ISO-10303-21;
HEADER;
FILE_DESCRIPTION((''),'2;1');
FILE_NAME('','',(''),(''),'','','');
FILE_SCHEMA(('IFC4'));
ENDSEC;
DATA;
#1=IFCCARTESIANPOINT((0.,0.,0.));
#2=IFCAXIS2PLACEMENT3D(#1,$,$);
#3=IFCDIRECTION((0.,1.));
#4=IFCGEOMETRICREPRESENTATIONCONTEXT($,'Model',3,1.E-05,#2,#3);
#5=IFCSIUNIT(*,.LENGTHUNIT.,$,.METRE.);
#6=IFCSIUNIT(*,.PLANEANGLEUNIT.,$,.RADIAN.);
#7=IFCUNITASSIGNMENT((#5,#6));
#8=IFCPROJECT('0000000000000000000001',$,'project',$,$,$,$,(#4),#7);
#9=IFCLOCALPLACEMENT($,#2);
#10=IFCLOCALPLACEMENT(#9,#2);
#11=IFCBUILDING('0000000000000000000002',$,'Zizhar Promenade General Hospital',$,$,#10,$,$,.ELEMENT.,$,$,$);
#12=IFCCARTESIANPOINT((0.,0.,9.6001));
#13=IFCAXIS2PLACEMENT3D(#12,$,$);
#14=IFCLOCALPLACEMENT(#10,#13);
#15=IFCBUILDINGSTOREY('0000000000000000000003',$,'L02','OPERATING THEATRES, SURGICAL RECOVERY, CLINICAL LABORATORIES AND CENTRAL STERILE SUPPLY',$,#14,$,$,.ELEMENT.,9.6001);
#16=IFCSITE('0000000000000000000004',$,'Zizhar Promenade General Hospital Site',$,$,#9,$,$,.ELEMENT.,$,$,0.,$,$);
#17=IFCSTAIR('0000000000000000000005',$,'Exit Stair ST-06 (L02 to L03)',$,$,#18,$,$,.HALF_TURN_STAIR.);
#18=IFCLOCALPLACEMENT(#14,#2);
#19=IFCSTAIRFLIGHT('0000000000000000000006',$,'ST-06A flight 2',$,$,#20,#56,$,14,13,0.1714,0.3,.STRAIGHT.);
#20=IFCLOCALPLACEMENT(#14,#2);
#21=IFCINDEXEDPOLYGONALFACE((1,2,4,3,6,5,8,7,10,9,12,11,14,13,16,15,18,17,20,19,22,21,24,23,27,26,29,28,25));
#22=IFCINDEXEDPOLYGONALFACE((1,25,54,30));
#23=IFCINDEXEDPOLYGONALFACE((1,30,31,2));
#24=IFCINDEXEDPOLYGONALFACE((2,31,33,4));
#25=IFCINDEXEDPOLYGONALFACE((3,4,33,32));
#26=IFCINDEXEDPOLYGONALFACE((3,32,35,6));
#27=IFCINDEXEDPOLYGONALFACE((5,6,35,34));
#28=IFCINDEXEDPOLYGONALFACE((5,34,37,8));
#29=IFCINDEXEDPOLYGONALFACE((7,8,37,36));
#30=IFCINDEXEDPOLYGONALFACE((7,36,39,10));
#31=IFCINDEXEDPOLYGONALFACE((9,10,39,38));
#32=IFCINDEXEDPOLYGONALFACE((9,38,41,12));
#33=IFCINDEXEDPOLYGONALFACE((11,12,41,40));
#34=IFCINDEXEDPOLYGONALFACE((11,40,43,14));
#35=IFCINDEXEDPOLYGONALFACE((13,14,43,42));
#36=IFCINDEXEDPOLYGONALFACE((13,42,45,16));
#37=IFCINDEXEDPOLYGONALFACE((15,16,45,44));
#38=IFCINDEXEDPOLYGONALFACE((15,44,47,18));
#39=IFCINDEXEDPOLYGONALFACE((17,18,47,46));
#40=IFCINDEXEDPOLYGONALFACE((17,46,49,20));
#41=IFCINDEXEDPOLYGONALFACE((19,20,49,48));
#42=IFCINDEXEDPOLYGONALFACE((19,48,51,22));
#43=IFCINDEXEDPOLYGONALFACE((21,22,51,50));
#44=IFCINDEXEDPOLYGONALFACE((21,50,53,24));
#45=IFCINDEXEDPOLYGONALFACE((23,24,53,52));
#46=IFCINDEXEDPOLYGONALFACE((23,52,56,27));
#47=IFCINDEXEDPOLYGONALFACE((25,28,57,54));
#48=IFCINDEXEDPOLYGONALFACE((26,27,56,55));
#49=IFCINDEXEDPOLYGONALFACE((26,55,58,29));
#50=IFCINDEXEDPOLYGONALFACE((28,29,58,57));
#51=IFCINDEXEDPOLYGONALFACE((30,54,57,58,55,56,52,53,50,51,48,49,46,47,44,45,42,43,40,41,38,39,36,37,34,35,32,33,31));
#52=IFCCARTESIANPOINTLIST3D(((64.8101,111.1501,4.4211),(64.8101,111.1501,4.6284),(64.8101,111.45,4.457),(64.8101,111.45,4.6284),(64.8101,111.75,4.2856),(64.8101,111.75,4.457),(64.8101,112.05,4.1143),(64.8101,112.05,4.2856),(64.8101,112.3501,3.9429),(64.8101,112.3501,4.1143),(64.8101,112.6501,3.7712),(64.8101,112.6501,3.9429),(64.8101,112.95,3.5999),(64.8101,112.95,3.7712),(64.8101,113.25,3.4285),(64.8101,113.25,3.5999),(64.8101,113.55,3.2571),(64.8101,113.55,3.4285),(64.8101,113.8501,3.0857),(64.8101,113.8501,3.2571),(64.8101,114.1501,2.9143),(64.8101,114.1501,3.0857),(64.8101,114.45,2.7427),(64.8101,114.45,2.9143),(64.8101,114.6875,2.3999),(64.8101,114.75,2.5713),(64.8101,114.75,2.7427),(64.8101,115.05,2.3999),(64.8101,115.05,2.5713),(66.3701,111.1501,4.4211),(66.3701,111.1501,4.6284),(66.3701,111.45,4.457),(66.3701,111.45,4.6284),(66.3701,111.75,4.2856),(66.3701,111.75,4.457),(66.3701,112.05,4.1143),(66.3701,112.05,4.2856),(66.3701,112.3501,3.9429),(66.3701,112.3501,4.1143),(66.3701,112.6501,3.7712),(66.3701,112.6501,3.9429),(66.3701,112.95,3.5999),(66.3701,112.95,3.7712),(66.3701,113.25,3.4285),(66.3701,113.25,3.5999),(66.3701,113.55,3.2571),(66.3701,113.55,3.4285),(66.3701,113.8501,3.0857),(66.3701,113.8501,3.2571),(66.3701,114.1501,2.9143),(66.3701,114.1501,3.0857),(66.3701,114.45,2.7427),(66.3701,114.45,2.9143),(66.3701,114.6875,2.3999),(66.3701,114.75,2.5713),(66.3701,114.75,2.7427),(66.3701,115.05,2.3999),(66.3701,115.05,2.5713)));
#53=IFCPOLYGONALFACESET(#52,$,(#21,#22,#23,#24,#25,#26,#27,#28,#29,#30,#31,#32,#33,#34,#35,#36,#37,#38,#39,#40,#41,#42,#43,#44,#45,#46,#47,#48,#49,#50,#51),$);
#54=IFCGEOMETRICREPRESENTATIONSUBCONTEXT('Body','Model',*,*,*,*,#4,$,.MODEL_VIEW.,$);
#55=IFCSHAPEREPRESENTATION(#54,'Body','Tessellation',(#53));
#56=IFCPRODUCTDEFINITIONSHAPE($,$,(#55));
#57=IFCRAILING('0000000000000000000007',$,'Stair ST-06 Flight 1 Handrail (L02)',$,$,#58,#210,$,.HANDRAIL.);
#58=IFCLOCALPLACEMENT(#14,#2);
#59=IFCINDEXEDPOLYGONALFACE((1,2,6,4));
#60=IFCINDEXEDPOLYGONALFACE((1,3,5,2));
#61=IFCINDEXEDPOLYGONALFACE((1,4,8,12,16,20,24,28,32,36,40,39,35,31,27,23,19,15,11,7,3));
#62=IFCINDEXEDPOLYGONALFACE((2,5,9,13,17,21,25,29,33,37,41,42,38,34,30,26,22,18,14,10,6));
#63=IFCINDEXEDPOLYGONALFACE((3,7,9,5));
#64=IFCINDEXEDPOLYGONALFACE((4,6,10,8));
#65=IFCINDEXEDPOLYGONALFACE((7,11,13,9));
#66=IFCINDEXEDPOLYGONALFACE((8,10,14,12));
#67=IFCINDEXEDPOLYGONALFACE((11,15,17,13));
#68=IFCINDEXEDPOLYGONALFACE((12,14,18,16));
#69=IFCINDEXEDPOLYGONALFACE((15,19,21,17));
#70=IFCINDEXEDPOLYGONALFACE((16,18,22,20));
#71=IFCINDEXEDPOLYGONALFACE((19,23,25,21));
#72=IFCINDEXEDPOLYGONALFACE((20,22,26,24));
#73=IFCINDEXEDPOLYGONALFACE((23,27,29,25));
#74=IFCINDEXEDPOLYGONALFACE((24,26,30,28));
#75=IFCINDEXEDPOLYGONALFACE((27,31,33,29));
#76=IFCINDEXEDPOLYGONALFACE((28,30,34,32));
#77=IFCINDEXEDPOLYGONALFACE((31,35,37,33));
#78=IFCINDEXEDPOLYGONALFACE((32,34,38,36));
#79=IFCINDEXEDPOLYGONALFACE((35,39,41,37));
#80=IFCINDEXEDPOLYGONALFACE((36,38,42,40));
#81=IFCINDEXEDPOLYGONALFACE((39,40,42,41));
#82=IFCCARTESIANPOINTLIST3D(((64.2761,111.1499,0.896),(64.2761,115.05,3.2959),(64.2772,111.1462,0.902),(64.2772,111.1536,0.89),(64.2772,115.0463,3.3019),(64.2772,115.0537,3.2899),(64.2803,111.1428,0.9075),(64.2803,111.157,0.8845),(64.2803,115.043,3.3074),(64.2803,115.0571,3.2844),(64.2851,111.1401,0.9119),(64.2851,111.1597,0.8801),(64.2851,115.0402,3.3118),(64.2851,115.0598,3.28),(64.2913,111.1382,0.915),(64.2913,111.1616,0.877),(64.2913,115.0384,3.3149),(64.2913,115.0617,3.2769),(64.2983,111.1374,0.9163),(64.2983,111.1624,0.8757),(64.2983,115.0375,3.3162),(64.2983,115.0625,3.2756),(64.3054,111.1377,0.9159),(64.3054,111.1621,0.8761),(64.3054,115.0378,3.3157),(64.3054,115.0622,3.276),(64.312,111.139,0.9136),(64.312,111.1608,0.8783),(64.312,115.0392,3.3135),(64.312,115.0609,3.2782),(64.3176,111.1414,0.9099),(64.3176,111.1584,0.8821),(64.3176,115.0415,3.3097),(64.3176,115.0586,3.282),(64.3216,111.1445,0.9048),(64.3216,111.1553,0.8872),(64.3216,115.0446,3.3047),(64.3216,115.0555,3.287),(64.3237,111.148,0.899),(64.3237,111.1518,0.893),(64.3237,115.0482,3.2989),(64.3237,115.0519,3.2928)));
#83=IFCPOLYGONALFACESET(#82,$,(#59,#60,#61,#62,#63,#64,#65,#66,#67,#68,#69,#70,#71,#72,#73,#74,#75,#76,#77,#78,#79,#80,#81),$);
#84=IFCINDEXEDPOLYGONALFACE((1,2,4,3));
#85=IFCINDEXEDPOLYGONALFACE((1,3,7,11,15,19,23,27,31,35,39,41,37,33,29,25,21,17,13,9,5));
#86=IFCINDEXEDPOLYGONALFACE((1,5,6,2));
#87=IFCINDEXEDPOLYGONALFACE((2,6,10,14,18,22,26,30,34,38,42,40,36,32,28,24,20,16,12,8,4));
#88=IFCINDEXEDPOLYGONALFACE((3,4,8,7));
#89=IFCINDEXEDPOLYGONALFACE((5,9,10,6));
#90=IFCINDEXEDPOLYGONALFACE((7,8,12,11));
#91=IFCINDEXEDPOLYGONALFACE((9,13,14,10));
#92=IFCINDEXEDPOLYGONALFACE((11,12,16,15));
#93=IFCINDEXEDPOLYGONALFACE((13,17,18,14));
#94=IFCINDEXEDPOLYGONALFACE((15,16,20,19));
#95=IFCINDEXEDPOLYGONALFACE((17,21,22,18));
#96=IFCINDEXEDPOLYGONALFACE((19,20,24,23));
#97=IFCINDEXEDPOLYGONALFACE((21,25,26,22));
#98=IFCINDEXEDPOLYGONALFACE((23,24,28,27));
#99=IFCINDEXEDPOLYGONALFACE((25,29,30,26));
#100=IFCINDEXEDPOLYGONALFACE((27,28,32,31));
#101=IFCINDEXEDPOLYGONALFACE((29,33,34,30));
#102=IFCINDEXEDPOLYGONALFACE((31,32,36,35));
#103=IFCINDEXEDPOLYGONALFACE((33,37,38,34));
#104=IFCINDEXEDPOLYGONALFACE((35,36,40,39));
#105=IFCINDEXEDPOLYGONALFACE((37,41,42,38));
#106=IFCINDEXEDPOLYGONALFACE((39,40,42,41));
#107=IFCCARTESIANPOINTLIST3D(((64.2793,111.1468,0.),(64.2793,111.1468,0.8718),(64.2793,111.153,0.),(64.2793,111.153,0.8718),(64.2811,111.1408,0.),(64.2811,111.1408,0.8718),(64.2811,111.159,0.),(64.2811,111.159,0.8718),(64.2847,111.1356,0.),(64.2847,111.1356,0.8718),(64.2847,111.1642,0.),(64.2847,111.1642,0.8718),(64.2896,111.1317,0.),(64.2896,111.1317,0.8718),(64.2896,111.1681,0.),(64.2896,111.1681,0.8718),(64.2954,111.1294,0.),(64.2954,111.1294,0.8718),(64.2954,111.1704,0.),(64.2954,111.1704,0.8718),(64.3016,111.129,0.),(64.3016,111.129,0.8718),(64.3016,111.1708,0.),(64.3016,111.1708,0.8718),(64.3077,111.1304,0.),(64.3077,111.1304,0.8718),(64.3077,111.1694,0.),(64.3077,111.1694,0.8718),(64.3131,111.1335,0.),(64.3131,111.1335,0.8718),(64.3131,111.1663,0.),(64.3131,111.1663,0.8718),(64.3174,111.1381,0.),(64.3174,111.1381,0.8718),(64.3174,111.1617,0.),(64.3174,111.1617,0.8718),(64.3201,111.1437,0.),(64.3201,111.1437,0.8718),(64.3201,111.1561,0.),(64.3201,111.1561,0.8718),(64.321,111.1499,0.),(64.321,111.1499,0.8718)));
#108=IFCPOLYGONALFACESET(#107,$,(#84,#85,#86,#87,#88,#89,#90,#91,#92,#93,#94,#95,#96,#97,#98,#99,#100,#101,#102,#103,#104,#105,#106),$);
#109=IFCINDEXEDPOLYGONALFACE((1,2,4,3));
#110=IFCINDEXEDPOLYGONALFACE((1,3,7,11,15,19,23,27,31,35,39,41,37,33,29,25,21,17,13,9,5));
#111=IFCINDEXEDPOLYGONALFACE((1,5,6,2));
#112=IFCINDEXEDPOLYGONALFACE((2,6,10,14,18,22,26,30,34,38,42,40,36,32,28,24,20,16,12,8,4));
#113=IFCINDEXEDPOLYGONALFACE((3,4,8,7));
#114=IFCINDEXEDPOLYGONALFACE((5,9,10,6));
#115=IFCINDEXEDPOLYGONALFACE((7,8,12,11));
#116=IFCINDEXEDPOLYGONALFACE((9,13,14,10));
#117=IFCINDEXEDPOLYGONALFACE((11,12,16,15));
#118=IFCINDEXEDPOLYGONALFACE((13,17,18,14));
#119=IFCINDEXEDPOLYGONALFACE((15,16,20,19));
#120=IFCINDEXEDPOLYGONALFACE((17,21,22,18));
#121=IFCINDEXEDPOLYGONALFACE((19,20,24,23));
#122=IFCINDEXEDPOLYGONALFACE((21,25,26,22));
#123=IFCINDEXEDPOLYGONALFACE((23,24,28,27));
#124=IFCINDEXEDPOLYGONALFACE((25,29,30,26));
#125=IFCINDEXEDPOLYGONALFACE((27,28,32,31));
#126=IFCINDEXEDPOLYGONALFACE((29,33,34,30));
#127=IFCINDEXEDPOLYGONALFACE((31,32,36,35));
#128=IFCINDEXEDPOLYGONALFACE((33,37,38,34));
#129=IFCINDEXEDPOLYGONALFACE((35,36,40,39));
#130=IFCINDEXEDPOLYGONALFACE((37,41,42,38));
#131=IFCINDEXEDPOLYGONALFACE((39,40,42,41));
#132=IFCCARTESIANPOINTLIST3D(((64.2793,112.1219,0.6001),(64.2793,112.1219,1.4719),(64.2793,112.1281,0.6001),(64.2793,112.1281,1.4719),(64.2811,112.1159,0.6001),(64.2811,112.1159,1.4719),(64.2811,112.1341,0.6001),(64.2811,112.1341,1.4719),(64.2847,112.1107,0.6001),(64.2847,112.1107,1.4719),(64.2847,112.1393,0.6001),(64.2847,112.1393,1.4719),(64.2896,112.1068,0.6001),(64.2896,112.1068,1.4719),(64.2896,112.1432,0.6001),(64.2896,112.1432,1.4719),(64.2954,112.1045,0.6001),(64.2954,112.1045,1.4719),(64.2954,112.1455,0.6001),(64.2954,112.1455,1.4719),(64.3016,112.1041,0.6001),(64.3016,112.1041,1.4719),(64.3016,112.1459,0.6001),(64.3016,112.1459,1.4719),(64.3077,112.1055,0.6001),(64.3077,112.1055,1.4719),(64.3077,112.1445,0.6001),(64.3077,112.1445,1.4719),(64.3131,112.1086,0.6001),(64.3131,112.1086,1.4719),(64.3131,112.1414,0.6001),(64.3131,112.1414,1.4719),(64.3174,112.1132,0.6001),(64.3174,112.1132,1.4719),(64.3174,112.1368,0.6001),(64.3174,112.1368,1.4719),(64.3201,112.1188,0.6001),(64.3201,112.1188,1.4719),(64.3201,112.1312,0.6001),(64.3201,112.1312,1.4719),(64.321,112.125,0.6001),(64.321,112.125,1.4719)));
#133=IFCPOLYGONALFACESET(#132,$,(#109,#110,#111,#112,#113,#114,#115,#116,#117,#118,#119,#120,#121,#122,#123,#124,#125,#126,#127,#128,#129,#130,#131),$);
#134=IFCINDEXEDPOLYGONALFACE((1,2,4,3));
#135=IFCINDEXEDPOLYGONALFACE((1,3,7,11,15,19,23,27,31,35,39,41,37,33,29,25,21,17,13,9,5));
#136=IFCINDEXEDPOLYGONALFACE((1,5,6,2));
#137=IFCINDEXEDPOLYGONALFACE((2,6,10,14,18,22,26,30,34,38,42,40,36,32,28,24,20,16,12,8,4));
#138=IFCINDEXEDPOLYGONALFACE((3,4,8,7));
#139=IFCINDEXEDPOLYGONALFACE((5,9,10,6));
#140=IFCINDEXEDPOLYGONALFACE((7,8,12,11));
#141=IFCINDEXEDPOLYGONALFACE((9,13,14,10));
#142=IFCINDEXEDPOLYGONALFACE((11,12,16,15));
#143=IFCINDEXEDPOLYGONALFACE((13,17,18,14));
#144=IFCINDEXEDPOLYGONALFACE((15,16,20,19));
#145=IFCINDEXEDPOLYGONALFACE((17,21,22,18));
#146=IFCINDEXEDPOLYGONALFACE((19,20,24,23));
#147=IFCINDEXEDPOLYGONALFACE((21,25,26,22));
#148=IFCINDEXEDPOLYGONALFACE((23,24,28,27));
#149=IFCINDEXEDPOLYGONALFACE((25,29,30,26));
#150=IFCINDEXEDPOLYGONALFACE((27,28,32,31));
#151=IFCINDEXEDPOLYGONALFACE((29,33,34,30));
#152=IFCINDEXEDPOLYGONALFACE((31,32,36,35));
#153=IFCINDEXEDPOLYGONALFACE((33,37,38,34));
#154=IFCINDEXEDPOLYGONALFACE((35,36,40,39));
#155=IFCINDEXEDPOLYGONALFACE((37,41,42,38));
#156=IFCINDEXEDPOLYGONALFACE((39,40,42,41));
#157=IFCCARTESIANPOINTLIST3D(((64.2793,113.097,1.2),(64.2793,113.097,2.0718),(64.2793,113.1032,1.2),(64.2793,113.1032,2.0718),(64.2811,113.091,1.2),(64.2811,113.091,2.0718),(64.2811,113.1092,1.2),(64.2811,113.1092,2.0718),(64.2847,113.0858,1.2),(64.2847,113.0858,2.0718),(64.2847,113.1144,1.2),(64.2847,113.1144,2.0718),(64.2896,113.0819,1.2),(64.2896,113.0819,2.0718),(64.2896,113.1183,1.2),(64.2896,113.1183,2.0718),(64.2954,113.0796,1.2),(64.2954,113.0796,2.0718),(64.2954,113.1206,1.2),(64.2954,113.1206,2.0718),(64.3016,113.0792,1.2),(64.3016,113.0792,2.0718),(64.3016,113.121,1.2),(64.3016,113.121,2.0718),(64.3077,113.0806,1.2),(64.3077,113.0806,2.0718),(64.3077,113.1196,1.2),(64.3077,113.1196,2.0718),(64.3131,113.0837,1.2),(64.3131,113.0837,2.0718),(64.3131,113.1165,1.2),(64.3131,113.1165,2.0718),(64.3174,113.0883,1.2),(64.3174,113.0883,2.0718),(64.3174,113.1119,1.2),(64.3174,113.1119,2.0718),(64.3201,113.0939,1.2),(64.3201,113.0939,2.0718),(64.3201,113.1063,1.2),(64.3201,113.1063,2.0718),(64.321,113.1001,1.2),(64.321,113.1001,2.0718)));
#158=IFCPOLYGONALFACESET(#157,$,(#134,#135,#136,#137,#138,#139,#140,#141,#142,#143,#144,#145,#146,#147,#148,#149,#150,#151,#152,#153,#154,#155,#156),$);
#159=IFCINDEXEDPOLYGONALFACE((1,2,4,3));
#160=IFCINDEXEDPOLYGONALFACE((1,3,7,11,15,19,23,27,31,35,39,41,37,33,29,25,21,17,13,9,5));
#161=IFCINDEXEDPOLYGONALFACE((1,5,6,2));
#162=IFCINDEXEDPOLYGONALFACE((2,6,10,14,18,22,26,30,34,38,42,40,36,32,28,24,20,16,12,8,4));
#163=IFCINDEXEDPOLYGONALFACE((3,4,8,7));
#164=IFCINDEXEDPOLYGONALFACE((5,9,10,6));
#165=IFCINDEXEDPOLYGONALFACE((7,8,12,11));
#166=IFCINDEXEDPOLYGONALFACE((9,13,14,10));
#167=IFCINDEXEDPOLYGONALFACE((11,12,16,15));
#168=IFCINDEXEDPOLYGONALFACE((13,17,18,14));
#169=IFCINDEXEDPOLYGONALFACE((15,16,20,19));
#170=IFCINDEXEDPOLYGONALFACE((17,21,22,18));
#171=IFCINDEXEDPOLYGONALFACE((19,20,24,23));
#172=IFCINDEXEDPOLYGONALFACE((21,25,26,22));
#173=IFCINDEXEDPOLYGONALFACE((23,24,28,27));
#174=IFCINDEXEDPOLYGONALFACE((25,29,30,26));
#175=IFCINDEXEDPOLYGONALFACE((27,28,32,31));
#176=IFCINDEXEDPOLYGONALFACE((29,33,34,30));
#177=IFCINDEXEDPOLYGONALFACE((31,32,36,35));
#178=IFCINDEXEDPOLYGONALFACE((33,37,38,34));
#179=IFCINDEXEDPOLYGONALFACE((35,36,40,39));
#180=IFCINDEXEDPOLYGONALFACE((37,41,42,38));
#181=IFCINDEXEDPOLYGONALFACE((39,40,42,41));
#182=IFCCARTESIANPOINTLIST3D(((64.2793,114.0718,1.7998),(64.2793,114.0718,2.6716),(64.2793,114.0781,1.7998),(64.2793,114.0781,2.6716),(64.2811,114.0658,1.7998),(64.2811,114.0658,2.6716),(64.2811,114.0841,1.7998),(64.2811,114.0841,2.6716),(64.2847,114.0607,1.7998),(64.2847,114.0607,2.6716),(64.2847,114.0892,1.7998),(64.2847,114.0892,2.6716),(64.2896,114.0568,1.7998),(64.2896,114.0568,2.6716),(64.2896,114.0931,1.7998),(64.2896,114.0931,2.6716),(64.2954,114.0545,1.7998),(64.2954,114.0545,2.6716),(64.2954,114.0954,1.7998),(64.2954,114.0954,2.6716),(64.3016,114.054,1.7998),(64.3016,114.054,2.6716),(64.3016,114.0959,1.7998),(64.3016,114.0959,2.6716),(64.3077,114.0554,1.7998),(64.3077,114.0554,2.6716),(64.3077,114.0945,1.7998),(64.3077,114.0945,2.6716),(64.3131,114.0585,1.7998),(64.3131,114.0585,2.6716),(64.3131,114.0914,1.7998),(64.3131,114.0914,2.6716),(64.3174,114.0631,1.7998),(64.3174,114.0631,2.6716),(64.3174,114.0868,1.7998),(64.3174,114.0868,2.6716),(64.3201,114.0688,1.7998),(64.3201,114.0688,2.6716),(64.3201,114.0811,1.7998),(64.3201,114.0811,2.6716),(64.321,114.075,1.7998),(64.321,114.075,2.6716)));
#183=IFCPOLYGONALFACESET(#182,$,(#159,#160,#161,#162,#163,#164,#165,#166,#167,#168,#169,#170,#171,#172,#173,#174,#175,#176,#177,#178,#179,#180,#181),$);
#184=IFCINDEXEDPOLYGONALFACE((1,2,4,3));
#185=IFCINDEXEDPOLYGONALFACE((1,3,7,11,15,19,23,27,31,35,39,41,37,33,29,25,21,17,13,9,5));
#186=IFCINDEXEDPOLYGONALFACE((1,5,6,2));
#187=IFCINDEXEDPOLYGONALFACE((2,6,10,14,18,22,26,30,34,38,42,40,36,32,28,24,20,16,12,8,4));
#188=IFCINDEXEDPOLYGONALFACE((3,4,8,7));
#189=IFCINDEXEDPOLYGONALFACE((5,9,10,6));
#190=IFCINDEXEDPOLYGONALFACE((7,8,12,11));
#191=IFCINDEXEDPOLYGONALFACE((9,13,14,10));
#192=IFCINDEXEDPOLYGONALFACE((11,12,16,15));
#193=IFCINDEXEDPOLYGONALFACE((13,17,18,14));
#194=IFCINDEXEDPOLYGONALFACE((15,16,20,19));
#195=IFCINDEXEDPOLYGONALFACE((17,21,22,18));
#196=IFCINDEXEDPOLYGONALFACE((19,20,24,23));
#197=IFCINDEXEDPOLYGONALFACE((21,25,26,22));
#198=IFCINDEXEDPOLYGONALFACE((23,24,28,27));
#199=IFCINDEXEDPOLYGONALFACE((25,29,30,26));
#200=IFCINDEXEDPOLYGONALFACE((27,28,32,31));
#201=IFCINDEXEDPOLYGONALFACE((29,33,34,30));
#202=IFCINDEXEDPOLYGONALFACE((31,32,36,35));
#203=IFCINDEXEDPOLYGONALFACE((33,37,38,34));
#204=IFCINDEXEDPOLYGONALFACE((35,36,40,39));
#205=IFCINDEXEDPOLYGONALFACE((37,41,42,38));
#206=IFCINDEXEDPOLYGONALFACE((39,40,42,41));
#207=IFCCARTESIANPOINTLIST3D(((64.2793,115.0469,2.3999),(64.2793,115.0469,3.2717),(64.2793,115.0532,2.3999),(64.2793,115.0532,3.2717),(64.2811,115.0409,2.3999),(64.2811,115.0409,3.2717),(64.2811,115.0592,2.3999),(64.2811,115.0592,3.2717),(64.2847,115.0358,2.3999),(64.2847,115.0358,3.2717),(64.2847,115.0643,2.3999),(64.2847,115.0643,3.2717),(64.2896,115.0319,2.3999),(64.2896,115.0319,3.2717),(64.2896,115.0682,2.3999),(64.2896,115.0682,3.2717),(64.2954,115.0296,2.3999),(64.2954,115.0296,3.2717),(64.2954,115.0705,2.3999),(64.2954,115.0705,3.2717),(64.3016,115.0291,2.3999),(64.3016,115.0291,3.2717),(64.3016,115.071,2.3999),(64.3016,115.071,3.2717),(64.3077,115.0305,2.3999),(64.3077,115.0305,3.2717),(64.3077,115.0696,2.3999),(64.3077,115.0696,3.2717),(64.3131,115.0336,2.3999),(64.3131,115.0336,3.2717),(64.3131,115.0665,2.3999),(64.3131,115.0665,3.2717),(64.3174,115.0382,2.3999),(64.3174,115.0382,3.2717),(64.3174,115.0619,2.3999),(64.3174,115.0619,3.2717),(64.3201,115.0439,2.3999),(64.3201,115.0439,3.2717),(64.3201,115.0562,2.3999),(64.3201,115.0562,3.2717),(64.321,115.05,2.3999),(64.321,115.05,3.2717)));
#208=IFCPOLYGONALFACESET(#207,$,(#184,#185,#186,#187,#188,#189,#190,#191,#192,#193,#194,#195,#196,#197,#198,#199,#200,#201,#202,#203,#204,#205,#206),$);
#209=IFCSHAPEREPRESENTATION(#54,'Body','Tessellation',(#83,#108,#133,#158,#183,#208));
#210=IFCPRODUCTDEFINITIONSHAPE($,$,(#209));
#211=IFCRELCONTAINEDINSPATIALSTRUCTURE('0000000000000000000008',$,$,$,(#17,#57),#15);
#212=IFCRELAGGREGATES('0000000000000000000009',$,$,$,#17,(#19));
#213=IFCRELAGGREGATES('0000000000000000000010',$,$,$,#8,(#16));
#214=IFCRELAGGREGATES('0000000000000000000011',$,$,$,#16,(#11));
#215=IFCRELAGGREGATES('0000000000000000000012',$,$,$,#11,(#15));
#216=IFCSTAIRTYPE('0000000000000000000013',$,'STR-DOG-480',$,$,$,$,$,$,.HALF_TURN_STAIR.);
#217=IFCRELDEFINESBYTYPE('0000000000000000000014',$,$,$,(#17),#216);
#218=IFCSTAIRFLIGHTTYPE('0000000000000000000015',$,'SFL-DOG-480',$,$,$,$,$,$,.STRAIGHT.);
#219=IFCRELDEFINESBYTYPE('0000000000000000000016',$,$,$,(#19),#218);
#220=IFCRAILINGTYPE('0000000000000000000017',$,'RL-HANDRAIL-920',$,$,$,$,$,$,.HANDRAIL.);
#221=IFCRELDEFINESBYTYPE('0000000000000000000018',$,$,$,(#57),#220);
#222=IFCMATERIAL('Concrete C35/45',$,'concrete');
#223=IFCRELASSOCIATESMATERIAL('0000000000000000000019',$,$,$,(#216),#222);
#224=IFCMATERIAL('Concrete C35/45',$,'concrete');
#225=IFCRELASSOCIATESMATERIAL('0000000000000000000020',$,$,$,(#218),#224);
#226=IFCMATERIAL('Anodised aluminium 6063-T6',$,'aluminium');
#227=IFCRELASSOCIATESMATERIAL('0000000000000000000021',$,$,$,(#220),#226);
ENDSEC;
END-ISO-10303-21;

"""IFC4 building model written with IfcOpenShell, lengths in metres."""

from ifc_helpers import new_model, si_unit, direction, frame, origin, origin_2d, place, context, subcontext, project, spatial, polyline, circle, hollow_circle, outline, extrude, material, material_profile, profile_set, type_object, element, aggregate, save


model = new_model("IFC4")

# Units and contexts
model_context = context("Model", 3, precision=1e-05, world=origin(), true_north=direction((0.0, 1.0)))
body_context = subcontext(model_context, "Body", "Model", "MODEL_VIEW")
ifc_project = project(units=[si_unit("LENGTHUNIT", "METRE"), si_unit("PLANEANGLEUNIT", "RADIAN")], contexts=[model_context])

# Site, building, storey
site_placement = place(None, origin())
site = spatial("IfcSite", under=ifc_project, at=site_placement, Name="Zizhar Promenade General Hospital Site", CompositionType="ELEMENT", RefElevation=0.0)
building_placement = place(site_placement, origin())
building = spatial("IfcBuilding", under=site, at=building_placement, Name="Zizhar Promenade General Hospital", CompositionType="ELEMENT")
storey_placement = place(building_placement, frame((0.0, 0.0, 9.6001)))
storey = spatial("IfcBuildingStorey", under=building, at=storey_placement, Name="L02", Description="OPERATING THEATRES, SURGICAL RECOVERY, CLINICAL LABORATORIES AND CENTRAL STERILE SUPPLY", CompositionType="ELEMENT", Elevation=9.6001)

# Stair, stair flight
ifc_material_1 = material(Name="Concrete C35/45", Category="concrete")
stair_type = type_object("IfcStairType", Name="STR-DOG-480", PredefinedType="HALF_TURN_STAIR", material=ifc_material_1)
stair_placement = place(storey_placement, origin())
stair = element("IfcStair", 1, at=stair_placement, inside=storey, type_object=stair_type, Name="Exit Stair ST-06 (L02 to L03)", PredefinedType="HALF_TURN_STAIR")
ifc_material_2 = material(Name="Concrete C35/45", Category="concrete")
stair_flight_type = type_object("IfcStairFlightType", Name="SFL-DOG-480", PredefinedType="STRAIGHT", material=ifc_material_2)
stair_flight_1_placement = place(storey_placement, frame((65.5901, 115.05, 2.3999), z_axis=(0.0, 0.0, 1.0), x_axis=(0.0, -1.0, 0.0)))
stair_flight_1 = element("IfcStairFlight", 2, at=stair_flight_1_placement, type_object=stair_flight_type, Name="ST-06A flight 2", NumberOfRisers=14, NumberOfTreads=13, PredefinedType="STRAIGHT", RiserHeight=0.1714, TreadLength=0.3, context=body_context, shape_type="SweptSolid", body=[
    extrude(outline(polyline([(0.0, 0.0), (0.0, 0.1714), (0.3, 0.1714), (0.3, 0.3428), (0.6001, 0.3428), (0.6001, 0.5144), (0.8999, 0.5144), (0.8999, 0.6858), (1.2, 0.6858), (1.2, 0.8572), (1.5, 0.8572), (1.5, 1.0286), (1.8, 1.0286), (1.8, 1.2), (2.1001, 1.2), (2.1001, 1.3713), (2.3999, 1.3713), (2.3999, 1.543), (2.7, 1.543), (2.7, 1.7144), (3.0, 1.7144), (3.0, 1.8857), (3.3, 1.8857), (3.3, 2.0571), (3.6001, 2.0571), (3.6001, 2.2285), (3.8999, 2.2285), (3.8999, 2.3999), (3.8999, 2.0212), (0.3625, 0.0), (0.0, 0.0)])), frame((0.0, 0.78, 0.0), z_axis=(0.0, -1.0, 0.0), x_axis=(1.0, 0.0, 0.0)), (0.0, 0.0, 1.0), 1.5601),
])
aggregate(stair, [stair_flight_1])

# Railing
ifc_material_3 = material(Name="Anodised aluminium 6063-T6", Category="aluminium")
ifc_material_profile_1 = material_profile(ifc_material_3, hollow_circle(Radius=0.0698, WallThickness=0.0063, at=origin_2d()))
ifc_profile_set_1 = profile_set([ifc_material_profile_1], Name="Anodised aluminium 6063-T6")
railing_type_1 = type_object("IfcRailingType", Name="RL-HANDRAIL-920", PredefinedType="HANDRAIL", material=ifc_profile_set_1)
railing_1_placement = place(storey_placement, frame((64.3, 111.1499, 0.0)))
element("IfcRailing", 3, at=railing_1_placement, inside=storey, type_object=railing_type_1, Name="Stair ST-06 Flight 1 Handrail (L02)", PredefinedType="HANDRAIL", context=body_context, shape_type="SweptSolid", body=[
    extrude(circle(Radius=0.0239, at=origin_2d()), frame((0.0, 0.0, 0.896), z_axis=(0.0, 0.851677, 0.524068), x_axis=(-1.0, 0.0, 0.0)), (0.0, 0.0, 1.0), 4.5793),
    extrude(circle(Radius=0.021, at=origin_2d()), origin(), (0.0, 0.0, 1.0), 0.8718),
    extrude(circle(Radius=0.021, at=origin_2d()), frame((0.0, 0.9751, 0.6001)), (0.0, 0.0, 1.0), 0.8718),
    extrude(circle(Radius=0.021, at=origin_2d()), frame((0.0, 1.9502, 1.2)), (0.0, 0.0, 1.0), 0.8718),
    extrude(circle(Radius=0.021, at=origin_2d()), frame((0.0, 2.925, 1.7998)), (0.0, 0.0, 1.0), 0.8718),
    extrude(circle(Radius=0.021, at=origin_2d()), frame((0.0, 3.9001, 2.3999)), (0.0, 0.0, 1.0), 0.8718),
])

save(model, "model.ifc")
